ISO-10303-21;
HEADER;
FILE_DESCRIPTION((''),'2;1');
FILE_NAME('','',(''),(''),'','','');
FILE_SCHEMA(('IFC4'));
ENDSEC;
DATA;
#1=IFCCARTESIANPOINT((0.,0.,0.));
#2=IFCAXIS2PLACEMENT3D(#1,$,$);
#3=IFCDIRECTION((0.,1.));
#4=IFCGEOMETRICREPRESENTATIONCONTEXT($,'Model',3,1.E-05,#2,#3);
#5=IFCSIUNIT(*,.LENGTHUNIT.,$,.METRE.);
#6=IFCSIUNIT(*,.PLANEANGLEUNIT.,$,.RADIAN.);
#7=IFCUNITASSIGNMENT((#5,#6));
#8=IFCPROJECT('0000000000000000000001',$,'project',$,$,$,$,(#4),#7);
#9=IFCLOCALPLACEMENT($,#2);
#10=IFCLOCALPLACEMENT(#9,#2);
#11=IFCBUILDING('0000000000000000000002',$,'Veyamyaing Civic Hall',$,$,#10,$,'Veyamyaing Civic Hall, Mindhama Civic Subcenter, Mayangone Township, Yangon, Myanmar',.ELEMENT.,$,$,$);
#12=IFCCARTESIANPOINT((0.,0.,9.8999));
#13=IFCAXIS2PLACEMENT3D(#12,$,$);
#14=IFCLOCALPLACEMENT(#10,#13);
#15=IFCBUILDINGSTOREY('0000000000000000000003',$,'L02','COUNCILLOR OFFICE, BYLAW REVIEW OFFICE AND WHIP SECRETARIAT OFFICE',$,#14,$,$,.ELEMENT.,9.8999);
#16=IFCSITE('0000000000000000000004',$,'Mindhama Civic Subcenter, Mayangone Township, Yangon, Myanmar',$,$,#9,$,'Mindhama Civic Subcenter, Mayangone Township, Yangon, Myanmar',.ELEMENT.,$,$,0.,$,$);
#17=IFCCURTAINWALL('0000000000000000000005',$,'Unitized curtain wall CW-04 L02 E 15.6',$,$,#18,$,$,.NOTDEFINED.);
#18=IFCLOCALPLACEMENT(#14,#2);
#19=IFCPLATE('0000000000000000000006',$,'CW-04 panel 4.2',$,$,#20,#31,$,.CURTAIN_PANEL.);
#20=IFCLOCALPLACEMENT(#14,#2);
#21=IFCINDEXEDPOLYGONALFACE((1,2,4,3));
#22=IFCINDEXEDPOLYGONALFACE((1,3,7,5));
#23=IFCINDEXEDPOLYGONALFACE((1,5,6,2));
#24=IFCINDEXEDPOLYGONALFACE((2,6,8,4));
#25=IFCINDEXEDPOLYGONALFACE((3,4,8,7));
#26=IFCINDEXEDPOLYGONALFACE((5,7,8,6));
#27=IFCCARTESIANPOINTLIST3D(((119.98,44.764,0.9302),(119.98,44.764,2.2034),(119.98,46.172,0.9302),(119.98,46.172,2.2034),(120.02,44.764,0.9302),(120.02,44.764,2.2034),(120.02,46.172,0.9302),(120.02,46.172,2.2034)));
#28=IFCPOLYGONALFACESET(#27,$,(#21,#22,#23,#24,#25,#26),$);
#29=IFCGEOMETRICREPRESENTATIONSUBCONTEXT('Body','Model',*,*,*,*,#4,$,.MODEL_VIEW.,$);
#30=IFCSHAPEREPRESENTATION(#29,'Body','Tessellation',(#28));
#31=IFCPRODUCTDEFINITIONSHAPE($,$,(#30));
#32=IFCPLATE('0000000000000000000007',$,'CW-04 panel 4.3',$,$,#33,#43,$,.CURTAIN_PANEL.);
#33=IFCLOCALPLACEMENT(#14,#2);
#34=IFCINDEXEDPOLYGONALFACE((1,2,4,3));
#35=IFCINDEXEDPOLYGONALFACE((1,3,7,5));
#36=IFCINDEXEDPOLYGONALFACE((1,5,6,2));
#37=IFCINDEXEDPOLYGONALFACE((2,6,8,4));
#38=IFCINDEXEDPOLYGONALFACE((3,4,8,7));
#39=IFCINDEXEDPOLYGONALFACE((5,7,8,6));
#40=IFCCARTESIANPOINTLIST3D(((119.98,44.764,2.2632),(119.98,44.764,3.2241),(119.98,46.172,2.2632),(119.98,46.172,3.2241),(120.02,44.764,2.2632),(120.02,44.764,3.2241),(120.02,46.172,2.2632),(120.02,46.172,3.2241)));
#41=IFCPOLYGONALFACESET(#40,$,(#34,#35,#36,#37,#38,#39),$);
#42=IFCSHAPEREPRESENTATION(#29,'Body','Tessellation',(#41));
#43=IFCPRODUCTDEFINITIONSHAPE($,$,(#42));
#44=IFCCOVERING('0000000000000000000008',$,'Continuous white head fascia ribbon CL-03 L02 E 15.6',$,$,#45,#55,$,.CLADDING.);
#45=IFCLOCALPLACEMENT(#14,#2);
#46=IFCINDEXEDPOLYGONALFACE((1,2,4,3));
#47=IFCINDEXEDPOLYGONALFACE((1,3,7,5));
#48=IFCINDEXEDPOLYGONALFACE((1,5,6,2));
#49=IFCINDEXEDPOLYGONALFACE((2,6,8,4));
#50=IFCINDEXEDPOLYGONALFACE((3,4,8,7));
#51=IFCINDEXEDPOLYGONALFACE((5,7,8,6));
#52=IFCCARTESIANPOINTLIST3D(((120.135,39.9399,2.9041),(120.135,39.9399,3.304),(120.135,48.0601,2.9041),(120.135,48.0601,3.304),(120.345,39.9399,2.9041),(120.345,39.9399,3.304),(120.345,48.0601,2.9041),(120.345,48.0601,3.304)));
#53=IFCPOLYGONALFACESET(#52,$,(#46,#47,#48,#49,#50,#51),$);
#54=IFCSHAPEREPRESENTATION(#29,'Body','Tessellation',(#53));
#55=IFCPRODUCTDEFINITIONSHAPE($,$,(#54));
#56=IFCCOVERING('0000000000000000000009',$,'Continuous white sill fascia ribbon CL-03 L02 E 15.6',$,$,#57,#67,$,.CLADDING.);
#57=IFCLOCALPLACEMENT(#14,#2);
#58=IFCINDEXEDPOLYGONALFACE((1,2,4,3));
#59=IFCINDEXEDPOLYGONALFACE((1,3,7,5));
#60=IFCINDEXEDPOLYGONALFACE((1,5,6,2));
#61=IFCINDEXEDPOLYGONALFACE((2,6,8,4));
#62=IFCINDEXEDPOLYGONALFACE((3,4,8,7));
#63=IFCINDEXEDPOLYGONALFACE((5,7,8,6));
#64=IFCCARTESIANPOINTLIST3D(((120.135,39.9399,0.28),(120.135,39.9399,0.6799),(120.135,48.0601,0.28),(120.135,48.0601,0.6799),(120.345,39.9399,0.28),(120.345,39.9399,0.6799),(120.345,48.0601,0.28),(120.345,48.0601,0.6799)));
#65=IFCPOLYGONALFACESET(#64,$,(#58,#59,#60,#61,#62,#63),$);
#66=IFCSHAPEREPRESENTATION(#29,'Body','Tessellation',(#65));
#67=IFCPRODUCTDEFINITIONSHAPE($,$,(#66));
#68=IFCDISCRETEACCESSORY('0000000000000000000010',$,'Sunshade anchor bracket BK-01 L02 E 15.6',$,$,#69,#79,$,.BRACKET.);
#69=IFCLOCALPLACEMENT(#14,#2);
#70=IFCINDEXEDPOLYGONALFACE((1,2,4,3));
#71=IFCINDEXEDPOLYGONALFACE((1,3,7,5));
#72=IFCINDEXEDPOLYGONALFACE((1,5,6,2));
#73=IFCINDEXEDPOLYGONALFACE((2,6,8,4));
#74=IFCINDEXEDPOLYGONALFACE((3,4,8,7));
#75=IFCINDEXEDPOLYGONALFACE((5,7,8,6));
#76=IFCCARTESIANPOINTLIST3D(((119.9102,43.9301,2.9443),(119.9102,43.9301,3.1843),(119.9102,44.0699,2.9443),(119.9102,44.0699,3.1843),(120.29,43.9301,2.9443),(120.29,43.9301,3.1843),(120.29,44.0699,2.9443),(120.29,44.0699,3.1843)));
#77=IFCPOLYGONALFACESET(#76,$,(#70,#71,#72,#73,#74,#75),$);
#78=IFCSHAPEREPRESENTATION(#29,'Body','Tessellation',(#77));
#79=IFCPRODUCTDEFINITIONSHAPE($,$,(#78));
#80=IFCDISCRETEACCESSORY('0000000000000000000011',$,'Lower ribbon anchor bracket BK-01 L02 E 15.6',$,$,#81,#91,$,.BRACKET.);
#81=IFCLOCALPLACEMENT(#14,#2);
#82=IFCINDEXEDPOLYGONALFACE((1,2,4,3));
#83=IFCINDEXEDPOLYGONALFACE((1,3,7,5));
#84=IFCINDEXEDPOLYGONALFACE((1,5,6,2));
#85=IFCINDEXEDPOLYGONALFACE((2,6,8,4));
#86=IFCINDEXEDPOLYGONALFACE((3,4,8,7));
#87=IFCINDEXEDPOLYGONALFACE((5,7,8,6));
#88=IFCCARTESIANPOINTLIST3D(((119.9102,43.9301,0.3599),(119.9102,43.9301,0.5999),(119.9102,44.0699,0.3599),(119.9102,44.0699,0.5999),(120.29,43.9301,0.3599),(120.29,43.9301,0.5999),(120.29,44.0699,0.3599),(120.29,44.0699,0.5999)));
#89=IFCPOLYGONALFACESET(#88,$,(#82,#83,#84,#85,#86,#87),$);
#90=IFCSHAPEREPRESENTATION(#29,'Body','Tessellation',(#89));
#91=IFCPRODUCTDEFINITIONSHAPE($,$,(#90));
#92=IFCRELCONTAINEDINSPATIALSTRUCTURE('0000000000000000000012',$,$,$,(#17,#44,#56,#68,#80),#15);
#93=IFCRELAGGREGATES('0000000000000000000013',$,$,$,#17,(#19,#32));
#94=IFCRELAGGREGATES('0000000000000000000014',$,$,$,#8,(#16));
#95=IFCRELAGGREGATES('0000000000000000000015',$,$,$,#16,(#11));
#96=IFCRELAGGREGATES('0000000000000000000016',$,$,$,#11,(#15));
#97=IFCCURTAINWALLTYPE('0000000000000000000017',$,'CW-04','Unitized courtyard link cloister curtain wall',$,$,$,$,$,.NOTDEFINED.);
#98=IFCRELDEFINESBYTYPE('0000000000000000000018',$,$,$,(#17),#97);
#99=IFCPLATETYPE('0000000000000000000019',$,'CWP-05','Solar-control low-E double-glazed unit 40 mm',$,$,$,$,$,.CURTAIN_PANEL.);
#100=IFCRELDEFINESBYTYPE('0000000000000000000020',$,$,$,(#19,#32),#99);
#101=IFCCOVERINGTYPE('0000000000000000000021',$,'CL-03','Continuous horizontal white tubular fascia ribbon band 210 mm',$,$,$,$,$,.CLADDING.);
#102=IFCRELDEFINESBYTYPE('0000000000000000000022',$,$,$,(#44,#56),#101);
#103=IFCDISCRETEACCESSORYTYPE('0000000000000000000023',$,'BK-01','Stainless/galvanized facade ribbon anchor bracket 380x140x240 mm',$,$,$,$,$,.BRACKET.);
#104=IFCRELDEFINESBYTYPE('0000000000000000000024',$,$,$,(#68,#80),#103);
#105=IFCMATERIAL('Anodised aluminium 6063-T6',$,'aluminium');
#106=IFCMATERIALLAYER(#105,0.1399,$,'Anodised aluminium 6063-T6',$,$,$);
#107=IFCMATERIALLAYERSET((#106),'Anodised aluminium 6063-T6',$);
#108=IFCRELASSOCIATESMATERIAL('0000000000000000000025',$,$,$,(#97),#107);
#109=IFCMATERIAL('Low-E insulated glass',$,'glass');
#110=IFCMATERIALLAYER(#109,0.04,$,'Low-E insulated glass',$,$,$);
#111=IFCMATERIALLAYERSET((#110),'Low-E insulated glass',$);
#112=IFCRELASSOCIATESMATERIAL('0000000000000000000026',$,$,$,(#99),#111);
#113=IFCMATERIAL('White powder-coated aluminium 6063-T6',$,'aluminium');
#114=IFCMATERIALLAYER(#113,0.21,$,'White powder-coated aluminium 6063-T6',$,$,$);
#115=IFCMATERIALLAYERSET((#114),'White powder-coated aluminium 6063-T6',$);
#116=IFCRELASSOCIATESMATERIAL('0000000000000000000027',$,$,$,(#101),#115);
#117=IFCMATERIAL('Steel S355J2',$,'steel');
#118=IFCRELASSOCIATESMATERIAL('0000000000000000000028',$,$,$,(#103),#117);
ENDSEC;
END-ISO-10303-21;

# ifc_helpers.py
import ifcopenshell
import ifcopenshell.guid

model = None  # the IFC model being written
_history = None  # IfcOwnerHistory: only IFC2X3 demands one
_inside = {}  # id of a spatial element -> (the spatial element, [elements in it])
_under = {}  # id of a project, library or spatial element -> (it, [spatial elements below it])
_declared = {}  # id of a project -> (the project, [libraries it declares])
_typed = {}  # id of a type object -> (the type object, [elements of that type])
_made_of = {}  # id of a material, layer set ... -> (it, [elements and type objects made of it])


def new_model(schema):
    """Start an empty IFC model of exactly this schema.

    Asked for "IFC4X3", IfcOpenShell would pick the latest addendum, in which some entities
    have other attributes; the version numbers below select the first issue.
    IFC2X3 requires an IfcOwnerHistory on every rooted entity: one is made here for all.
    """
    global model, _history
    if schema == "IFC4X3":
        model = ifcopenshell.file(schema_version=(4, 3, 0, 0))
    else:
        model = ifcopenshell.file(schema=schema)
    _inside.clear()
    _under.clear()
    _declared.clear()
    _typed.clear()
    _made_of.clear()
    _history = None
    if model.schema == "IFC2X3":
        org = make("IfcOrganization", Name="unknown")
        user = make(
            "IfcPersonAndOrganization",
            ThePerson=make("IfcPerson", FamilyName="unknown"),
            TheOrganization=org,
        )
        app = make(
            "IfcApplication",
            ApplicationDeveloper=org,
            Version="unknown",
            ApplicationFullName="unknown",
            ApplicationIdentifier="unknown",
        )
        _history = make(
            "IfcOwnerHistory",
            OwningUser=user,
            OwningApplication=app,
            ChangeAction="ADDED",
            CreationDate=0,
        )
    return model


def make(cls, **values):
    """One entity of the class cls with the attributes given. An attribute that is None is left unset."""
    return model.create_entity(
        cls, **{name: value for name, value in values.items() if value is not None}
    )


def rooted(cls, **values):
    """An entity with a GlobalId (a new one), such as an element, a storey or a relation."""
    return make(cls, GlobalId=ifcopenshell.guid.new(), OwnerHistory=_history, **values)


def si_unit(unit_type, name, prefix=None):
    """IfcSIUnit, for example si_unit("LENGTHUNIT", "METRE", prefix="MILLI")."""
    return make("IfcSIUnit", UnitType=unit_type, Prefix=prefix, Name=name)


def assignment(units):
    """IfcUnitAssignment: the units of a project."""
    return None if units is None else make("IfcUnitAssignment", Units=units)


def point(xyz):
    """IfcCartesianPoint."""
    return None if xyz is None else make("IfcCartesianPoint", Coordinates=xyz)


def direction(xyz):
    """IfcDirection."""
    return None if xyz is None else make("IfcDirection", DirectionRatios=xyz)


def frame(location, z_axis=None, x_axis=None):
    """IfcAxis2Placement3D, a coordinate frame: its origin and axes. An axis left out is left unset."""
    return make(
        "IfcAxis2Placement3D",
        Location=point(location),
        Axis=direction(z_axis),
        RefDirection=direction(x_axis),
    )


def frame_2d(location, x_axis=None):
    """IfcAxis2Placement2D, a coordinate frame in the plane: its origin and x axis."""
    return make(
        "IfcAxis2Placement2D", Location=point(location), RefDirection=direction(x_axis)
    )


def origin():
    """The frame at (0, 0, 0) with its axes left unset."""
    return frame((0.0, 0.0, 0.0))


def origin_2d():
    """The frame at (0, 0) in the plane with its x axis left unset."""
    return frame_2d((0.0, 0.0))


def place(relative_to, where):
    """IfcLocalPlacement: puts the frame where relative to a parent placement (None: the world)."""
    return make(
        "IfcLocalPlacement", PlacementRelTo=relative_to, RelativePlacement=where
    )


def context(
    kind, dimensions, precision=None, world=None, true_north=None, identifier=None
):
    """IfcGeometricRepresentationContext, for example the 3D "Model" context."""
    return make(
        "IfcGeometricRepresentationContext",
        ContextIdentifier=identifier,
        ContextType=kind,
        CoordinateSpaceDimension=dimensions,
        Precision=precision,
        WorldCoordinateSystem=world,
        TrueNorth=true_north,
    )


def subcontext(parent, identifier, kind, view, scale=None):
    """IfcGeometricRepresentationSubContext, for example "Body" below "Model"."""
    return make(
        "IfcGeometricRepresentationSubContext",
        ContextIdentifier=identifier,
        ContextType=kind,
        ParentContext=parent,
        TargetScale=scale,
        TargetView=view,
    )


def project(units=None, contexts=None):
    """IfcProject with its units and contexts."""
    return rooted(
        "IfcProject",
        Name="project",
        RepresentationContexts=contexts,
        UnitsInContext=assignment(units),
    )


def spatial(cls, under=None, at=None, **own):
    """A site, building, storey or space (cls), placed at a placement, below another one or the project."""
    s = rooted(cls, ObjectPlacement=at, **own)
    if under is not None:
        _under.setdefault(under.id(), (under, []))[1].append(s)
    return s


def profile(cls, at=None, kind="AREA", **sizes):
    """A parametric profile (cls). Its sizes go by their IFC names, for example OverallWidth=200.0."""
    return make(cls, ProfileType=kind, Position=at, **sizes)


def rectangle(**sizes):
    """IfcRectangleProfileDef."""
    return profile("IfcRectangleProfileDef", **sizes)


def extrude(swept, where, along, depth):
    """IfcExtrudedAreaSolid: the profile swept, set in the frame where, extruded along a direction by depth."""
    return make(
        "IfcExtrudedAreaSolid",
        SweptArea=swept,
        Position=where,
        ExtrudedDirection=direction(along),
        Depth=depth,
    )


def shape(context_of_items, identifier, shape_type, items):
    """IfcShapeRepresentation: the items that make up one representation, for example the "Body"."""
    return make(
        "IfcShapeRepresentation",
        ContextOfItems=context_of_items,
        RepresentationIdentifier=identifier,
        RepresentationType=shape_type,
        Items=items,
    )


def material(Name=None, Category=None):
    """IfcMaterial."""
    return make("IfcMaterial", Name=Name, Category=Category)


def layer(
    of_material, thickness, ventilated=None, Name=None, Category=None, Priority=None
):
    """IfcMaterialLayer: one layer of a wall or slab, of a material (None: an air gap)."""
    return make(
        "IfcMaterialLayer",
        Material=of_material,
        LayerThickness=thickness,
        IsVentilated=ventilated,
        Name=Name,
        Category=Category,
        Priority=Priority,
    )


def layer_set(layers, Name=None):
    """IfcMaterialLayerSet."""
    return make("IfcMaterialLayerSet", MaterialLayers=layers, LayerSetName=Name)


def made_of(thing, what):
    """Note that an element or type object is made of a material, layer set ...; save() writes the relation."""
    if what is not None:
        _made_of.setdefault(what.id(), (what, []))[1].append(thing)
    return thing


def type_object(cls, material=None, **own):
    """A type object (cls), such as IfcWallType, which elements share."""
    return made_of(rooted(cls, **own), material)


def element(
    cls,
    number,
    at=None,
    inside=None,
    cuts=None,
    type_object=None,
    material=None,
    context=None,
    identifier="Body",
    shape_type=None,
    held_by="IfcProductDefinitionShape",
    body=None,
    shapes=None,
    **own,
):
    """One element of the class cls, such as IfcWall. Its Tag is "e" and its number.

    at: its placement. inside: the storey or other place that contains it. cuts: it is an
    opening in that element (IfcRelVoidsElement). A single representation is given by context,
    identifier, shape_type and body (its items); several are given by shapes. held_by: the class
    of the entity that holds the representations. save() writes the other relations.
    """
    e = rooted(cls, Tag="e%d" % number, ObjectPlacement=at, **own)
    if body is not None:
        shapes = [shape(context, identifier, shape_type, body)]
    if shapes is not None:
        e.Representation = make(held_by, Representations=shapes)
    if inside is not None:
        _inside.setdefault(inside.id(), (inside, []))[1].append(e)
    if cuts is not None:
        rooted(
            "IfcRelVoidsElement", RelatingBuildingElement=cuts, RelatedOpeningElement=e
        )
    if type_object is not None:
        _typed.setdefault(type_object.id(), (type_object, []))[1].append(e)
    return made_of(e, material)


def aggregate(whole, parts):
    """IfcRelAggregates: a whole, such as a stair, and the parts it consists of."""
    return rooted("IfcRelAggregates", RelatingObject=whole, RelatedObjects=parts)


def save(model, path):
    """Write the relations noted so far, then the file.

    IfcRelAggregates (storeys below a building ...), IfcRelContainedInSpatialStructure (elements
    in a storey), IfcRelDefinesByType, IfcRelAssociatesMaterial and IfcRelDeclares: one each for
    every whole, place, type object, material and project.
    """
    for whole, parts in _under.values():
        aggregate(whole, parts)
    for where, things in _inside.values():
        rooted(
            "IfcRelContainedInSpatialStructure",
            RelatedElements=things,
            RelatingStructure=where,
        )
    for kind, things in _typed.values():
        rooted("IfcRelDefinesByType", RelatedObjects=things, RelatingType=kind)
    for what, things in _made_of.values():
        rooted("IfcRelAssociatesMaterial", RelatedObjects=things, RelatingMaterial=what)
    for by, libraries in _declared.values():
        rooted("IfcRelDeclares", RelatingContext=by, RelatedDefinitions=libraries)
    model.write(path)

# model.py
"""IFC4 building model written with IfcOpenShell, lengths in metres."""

from ifc_helpers import new_model, si_unit, direction, frame, origin, origin_2d, place, context, subcontext, project, spatial, rectangle, extrude, material, layer, layer_set, type_object, element, aggregate, save


model = new_model("IFC4")

# Units and contexts
model_context = context("Model", 3, precision=1e-05, world=origin(), true_north=direction((0.0, 1.0)))
body_context = subcontext(model_context, "Body", "Model", "MODEL_VIEW")
ifc_project = project(units=[si_unit("LENGTHUNIT", "METRE"), si_unit("PLANEANGLEUNIT", "RADIAN")], contexts=[model_context])

# Site, building, storey
site_placement = place(None, origin())
site = spatial("IfcSite", under=ifc_project, at=site_placement, Name="Mindhama Civic Subcenter, Mayangone Township, Yangon, Myanmar", LongName="Mindhama Civic Subcenter, Mayangone Township, Yangon, Myanmar", CompositionType="ELEMENT", RefElevation=0.0)
building_placement = place(site_placement, origin())
building = spatial("IfcBuilding", under=site, at=building_placement, Name="Veyamyaing Civic Hall", LongName="Veyamyaing Civic Hall, Mindhama Civic Subcenter, Mayangone Township, Yangon, Myanmar", CompositionType="ELEMENT")
storey_placement = place(building_placement, frame((0.0, 0.0, 9.8999)))
storey = spatial("IfcBuildingStorey", under=building, at=storey_placement, Name="L02", Description="COUNCILLOR OFFICE, BYLAW REVIEW OFFICE AND WHIP SECRETARIAT OFFICE", CompositionType="ELEMENT", Elevation=9.8999)

# Curtain wall, plates
ifc_material_1 = material(Name="Anodised aluminium 6063-T6", Category="aluminium")
ifc_layer_1 = layer(ifc_material_1, 0.1399, Name="Anodised aluminium 6063-T6")
ifc_layer_set_1 = layer_set([ifc_layer_1], Name="Anodised aluminium 6063-T6")
curtain_wall_type = type_object("IfcCurtainWallType", Name="CW-04", Description="Unitized courtyard link cloister curtain wall", PredefinedType="NOTDEFINED", material=ifc_layer_set_1)
curtain_wall_placement = place(storey_placement, origin())
curtain_wall = element("IfcCurtainWall", 1, at=curtain_wall_placement, inside=storey, type_object=curtain_wall_type, Name="Unitized curtain wall CW-04 L02 E 15.6", PredefinedType="NOTDEFINED")
ifc_material_2 = material(Name="Low-E insulated glass", Category="glass")
ifc_layer_2 = layer(ifc_material_2, 0.04, Name="Low-E insulated glass")
ifc_layer_set_2 = layer_set([ifc_layer_2], Name="Low-E insulated glass")
plate_type = type_object("IfcPlateType", Name="CWP-05", Description="Solar-control low-E double-glazed unit 40 mm", PredefinedType="CURTAIN_PANEL", material=ifc_layer_set_2)
plate_1_placement = place(storey_placement, frame((120.0, 45.468, 0.9302), z_axis=(0.0, 0.0, 1.0), x_axis=(0.0, 1.0, 0.0)))
plate_1 = element("IfcPlate", 2, at=plate_1_placement, type_object=plate_type, Name="CW-04 panel 4.2", PredefinedType="CURTAIN_PANEL", context=body_context, shape_type="SweptSolid", body=[
    extrude(rectangle(XDim=1.408, YDim=0.04, at=origin_2d()), origin(), (0.0, 0.0, 1.0), 1.2732),
])
plate_2_placement = place(storey_placement, frame((120.0, 45.468, 2.2632), z_axis=(0.0, 0.0, 1.0), x_axis=(0.0, 1.0, 0.0)))
plate_2 = element("IfcPlate", 3, at=plate_2_placement, type_object=plate_type, Name="CW-04 panel 4.3", PredefinedType="CURTAIN_PANEL", context=body_context, shape_type="SweptSolid", body=[
    extrude(rectangle(XDim=1.408, YDim=0.04, at=origin_2d()), origin(), (0.0, 0.0, 1.0), 0.9609),
])
aggregate(curtain_wall, [plate_1, plate_2])

# Coverings
ifc_material_3 = material(Name="White powder-coated aluminium 6063-T6", Category="aluminium")
ifc_layer_3 = layer(ifc_material_3, 0.21, Name="White powder-coated aluminium 6063-T6")
ifc_layer_set_3 = layer_set([ifc_layer_3], Name="White powder-coated aluminium 6063-T6")
covering_type = type_object("IfcCoveringType", Name="CL-03", Description="Continuous horizontal white tubular fascia ribbon band 210 mm", PredefinedType="CLADDING", material=ifc_layer_set_3)
for number, where, z_axis, x_axis, name in (
    (4, (120.24, 44.0, 2.9041), (0.0, 0.0, 1.0), (0.0, 1.0, 0.0), "Continuous white head fascia ribbon CL-03 L02 E 15.6"),
    (5, (120.24, 44.0, 0.28), (0.0, 0.0, 1.0), (0.0, 1.0, 0.0), "Continuous white sill fascia ribbon CL-03 L02 E 15.6"),
):
    element("IfcCovering", number, at=place(storey_placement, frame(where, z_axis=z_axis, x_axis=x_axis)), inside=storey, type_object=covering_type, Name=name, PredefinedType="CLADDING", context=body_context, shape_type="SweptSolid", body=[
        extrude(rectangle(XDim=8.1201, YDim=0.21, at=origin_2d()), origin(), (0.0, 0.0, 1.0), 0.3999),
    ])

# Discrete accessories
ifc_material_4 = material(Name="Steel S355J2", Category="steel")
discrete_accessory_type = type_object("IfcDiscreteAccessoryType", Name="BK-01", Description="Stainless/galvanized facade ribbon anchor bracket 380x140x240 mm", PredefinedType="BRACKET", material=ifc_material_4)
for number, where, z_axis, x_axis, name in (
    (6, (120.1001, 44.0, 2.9443), (0.0, 0.0, 1.0), (1.0, 0.0, 0.0), "Sunshade anchor bracket BK-01 L02 E 15.6"),
    (7, (120.1001, 44.0, 0.3599), (0.0, 0.0, 1.0), (1.0, 0.0, 0.0), "Lower ribbon anchor bracket BK-01 L02 E 15.6"),
):
    element("IfcDiscreteAccessory", number, at=place(storey_placement, frame(where, z_axis=z_axis, x_axis=x_axis)), inside=storey, type_object=discrete_accessory_type, Name=name, PredefinedType="BRACKET", context=body_context, shape_type="SweptSolid", body=[
        extrude(rectangle(XDim=0.3799, YDim=0.1399, at=origin_2d()), origin(), (0.0, 0.0, 1.0), 0.24),
    ])

save(model, "model.ifc")
